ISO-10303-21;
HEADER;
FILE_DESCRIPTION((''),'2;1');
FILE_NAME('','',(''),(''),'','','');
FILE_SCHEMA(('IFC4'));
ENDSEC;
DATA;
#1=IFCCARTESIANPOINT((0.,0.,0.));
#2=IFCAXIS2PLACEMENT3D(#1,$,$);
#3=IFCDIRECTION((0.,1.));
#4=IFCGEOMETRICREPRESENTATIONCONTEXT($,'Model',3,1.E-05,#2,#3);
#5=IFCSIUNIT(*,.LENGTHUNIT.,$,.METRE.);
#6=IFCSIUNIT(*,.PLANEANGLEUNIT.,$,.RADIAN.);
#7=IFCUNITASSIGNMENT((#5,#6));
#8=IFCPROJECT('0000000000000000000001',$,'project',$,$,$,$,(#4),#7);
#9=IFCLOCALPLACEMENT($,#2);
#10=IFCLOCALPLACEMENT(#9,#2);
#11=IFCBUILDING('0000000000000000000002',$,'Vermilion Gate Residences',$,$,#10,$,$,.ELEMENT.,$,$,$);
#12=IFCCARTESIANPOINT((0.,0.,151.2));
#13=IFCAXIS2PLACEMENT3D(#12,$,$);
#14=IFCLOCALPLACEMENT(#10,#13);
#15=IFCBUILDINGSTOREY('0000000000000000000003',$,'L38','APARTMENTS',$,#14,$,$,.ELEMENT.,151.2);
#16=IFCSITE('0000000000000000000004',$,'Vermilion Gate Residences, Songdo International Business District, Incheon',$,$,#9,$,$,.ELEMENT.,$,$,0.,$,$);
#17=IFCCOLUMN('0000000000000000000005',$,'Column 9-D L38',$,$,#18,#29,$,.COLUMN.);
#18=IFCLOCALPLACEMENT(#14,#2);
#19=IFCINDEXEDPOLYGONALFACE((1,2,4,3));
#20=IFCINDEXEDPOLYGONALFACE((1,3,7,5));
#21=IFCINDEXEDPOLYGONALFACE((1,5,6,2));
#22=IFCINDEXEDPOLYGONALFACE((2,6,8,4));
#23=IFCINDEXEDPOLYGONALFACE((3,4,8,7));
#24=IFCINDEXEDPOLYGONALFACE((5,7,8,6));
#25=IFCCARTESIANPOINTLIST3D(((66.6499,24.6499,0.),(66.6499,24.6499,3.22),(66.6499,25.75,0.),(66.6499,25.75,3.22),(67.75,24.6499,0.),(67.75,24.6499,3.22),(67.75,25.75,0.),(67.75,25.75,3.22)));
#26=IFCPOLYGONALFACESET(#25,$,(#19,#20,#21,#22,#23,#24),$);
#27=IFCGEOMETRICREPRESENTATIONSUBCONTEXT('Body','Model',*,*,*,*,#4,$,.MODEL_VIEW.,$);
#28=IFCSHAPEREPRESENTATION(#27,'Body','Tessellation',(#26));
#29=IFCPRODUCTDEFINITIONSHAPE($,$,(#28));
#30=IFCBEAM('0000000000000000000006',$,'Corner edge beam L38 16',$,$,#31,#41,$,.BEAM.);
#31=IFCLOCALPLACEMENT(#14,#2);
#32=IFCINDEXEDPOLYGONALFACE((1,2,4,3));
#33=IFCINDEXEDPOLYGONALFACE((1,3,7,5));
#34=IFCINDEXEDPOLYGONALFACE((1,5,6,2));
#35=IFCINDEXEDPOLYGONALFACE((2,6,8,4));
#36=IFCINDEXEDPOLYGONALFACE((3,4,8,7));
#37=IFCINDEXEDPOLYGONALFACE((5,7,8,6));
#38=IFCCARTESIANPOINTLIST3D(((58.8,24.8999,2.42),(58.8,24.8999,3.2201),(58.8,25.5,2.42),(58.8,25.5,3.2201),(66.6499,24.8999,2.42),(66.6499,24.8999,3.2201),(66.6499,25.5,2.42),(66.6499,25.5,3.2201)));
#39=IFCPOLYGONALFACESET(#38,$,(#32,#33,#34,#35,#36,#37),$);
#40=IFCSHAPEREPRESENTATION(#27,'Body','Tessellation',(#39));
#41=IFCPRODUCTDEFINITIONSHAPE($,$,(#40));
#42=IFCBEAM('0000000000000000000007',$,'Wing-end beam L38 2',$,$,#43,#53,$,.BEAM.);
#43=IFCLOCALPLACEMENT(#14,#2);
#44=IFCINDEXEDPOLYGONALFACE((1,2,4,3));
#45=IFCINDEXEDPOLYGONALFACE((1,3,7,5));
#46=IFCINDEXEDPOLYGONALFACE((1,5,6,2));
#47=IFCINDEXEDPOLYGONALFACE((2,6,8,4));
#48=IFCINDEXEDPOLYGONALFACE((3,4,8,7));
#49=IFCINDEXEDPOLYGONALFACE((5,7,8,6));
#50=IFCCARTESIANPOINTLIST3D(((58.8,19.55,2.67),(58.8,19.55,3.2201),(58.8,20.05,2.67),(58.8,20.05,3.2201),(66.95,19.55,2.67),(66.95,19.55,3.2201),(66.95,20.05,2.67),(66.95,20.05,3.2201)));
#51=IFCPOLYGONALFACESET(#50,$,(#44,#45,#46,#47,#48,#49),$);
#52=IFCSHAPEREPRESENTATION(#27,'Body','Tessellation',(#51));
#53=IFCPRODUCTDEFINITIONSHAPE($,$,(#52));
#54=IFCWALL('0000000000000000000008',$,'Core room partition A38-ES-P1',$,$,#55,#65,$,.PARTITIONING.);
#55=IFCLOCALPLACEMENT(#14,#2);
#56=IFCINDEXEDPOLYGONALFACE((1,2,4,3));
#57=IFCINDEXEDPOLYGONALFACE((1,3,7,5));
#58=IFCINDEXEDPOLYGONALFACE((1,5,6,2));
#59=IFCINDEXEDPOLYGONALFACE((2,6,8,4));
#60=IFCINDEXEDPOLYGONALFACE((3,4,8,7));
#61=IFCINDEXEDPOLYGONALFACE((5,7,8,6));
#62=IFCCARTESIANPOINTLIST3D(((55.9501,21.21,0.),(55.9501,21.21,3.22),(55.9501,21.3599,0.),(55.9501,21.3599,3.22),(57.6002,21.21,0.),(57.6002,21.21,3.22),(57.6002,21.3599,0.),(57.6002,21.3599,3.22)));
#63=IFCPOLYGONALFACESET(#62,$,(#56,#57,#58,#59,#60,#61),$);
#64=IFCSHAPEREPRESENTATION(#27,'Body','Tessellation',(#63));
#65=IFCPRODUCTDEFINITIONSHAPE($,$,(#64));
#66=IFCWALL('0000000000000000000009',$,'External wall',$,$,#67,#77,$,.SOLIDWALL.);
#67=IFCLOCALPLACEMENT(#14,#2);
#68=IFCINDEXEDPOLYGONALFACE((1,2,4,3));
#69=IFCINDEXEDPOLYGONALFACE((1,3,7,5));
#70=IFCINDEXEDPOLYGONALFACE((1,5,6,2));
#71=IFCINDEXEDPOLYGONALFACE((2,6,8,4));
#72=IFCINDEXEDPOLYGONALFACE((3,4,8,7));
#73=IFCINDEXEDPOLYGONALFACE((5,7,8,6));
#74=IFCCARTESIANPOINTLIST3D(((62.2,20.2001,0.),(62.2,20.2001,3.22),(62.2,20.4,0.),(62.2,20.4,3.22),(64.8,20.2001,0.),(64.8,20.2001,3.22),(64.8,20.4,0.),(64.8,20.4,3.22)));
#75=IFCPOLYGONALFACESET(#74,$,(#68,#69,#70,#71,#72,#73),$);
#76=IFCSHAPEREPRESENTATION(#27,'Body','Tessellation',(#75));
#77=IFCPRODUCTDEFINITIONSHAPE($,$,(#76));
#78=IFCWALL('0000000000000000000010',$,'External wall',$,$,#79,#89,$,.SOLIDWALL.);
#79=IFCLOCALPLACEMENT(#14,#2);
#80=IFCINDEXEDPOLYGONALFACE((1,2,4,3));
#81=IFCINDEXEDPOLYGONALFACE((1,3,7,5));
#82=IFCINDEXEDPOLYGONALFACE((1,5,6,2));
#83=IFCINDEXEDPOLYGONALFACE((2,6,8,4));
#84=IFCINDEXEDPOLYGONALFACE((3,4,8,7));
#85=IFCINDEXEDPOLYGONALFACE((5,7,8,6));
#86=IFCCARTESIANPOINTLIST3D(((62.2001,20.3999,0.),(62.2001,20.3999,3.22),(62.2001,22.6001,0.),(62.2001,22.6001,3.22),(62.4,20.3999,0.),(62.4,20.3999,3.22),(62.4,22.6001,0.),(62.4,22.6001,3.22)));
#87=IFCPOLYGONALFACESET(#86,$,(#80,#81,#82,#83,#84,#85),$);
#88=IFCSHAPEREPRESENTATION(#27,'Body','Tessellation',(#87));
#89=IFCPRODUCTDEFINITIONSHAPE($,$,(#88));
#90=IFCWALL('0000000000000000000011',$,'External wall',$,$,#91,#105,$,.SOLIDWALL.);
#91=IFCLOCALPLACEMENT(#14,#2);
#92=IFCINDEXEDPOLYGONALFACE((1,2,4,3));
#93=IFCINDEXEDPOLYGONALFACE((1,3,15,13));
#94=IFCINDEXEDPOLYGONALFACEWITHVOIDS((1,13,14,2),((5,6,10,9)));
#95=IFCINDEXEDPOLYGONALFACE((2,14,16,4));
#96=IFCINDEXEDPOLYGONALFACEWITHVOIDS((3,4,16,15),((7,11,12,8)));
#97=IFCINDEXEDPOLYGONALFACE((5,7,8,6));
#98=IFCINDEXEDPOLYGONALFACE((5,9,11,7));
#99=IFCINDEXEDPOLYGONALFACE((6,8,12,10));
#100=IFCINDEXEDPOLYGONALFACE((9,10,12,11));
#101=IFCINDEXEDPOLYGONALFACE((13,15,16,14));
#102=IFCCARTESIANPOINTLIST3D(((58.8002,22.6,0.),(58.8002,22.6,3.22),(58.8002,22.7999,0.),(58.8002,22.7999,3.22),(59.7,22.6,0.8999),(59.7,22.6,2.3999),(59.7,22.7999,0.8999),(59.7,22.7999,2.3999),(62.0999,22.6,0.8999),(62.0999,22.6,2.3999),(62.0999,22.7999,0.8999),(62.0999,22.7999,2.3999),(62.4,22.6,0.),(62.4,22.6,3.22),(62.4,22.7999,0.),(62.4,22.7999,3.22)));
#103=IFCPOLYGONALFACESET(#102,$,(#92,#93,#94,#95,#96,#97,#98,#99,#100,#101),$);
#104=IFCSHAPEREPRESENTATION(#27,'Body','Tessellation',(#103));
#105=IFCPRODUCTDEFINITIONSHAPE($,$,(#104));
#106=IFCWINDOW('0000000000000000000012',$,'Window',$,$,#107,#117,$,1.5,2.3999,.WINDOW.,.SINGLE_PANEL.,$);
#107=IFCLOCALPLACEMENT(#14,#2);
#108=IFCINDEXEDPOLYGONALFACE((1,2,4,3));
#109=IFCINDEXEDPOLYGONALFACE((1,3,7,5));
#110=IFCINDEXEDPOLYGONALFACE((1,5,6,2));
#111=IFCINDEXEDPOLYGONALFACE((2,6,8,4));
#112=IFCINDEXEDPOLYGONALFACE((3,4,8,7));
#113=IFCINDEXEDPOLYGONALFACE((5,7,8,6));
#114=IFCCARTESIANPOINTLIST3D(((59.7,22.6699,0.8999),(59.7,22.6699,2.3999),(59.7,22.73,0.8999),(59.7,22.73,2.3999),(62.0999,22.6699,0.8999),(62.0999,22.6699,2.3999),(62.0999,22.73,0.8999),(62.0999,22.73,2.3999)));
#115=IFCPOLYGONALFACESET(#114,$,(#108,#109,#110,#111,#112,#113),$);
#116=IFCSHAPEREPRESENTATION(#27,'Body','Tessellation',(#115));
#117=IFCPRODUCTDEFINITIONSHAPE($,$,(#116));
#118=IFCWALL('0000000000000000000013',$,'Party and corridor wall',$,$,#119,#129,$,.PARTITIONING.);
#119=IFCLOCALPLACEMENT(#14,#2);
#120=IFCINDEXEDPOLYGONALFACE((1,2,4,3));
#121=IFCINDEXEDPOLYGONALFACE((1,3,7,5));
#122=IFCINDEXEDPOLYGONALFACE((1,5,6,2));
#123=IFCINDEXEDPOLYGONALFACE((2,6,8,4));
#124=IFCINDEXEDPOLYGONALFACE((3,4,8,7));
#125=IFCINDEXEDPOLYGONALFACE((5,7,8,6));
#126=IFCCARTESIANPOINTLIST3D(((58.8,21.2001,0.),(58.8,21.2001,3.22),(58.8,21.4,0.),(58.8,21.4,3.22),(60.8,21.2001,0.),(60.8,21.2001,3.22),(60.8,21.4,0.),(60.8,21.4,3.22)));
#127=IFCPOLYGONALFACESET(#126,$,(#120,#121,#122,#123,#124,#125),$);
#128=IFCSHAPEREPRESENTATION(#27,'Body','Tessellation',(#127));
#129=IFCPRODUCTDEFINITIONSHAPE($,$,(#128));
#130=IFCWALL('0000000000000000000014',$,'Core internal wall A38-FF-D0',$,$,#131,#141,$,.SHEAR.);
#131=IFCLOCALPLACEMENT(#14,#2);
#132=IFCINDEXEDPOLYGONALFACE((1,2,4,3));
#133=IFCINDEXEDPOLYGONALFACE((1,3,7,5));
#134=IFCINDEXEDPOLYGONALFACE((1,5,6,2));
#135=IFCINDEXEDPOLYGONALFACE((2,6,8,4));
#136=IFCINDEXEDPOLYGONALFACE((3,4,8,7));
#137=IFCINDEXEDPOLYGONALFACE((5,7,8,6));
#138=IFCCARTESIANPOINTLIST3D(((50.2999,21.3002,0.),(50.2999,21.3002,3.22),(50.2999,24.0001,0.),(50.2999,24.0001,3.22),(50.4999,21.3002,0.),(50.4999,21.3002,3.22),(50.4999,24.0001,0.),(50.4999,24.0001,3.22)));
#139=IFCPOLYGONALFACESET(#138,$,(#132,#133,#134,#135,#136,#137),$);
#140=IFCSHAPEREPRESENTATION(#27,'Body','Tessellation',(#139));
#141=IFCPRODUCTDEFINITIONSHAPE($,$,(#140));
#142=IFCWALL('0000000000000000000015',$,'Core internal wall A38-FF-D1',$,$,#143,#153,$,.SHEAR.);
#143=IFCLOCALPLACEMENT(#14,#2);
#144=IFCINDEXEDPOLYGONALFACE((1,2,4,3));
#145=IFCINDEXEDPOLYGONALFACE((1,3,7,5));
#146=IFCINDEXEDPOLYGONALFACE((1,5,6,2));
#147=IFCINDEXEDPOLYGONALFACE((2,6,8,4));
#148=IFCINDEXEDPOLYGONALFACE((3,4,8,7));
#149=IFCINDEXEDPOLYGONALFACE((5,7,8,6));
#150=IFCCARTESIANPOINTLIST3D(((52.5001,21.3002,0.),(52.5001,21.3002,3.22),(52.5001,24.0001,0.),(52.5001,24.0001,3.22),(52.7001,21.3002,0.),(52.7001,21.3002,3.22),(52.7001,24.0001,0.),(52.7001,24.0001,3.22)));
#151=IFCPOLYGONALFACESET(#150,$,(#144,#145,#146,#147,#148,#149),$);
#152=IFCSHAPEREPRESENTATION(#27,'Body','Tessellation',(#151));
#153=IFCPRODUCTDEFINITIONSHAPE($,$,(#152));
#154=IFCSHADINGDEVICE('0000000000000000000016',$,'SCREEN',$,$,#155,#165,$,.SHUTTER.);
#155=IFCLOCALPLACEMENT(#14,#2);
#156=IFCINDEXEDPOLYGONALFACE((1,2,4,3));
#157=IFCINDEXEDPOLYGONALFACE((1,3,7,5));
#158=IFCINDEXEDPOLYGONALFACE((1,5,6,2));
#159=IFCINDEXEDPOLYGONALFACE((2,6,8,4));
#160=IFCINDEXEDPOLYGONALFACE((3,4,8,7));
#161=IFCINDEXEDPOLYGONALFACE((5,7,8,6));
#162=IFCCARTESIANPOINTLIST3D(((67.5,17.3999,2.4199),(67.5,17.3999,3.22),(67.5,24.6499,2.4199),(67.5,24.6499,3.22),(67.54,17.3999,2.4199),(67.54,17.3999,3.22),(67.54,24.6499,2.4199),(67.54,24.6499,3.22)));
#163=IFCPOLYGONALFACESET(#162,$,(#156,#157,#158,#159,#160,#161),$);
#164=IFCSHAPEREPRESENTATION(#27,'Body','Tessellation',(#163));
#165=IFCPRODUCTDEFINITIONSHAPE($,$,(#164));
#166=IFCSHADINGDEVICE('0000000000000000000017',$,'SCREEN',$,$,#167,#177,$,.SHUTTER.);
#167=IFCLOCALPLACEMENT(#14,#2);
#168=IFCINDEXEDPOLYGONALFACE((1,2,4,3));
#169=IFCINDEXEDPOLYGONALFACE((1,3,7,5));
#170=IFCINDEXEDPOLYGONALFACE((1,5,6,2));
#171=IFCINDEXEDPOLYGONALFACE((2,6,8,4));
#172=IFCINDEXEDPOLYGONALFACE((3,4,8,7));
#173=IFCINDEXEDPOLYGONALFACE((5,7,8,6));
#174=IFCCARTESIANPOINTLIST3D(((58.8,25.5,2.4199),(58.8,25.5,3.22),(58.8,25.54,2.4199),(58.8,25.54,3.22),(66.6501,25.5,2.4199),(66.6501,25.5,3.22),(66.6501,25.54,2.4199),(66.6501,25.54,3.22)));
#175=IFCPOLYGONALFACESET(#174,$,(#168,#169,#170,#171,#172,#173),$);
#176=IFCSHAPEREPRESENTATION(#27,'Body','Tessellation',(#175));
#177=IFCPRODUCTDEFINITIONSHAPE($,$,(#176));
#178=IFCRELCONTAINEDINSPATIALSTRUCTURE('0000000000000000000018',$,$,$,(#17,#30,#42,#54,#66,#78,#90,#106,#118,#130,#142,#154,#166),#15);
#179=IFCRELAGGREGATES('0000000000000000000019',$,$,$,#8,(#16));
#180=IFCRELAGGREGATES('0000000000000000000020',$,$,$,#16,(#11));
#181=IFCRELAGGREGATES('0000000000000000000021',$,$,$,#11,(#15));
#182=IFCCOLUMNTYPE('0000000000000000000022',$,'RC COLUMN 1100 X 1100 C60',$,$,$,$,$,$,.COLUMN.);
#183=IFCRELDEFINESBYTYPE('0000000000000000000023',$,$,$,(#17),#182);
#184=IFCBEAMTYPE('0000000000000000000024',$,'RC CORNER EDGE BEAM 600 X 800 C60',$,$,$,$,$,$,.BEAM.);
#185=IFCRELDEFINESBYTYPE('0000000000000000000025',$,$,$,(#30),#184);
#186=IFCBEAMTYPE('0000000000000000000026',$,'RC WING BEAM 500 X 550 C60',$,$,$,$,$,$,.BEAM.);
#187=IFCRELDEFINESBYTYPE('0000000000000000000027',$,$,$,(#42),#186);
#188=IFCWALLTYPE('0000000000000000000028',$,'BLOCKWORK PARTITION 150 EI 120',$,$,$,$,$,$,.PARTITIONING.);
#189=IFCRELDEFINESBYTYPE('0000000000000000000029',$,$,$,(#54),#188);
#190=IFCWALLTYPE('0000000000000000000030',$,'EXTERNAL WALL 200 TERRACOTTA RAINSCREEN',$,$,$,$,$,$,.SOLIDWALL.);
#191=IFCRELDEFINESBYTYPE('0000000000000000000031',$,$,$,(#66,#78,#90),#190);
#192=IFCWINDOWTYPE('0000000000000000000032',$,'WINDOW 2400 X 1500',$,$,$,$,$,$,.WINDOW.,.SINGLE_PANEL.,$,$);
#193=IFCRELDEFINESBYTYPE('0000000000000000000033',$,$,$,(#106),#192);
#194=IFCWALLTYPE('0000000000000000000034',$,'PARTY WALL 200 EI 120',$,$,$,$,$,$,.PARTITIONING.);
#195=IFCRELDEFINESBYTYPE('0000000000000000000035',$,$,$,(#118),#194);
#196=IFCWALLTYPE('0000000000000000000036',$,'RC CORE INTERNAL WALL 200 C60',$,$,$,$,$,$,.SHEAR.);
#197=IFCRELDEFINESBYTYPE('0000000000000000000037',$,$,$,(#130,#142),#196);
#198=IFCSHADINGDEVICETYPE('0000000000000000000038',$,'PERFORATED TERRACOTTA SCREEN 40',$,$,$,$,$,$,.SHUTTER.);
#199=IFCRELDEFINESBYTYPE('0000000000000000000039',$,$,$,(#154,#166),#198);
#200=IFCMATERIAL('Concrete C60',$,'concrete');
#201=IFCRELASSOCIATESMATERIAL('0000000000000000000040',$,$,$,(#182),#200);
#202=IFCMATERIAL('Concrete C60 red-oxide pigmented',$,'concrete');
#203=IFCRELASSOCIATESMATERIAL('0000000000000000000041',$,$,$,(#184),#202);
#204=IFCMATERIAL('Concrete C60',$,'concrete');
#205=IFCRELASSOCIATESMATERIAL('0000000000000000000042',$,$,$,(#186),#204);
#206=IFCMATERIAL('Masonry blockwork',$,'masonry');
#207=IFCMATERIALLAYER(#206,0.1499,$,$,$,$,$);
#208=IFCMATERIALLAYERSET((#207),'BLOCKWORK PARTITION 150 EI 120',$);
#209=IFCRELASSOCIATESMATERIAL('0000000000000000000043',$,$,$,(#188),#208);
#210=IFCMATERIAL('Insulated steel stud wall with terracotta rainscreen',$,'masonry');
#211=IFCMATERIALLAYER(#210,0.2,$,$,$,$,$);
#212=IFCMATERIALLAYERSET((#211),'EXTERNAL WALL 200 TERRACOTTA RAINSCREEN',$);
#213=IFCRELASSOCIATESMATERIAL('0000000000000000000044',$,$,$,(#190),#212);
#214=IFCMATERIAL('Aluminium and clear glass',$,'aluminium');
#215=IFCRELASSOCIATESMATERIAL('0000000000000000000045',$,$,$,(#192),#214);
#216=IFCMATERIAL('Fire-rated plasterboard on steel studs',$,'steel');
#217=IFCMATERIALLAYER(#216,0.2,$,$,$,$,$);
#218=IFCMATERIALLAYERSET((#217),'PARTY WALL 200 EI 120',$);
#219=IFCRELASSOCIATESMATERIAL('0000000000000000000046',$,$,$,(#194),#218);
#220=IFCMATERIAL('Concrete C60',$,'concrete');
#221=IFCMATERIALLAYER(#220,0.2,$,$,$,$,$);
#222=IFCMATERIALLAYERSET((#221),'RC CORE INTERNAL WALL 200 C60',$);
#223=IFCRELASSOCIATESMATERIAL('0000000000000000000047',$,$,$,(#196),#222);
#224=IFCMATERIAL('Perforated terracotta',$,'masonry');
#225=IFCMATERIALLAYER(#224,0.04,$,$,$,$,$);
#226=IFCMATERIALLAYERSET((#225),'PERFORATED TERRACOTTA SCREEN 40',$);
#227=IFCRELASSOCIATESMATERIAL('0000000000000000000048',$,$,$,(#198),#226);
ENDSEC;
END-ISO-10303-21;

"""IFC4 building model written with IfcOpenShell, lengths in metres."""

from ifc_helpers import new_model, si_unit, direction, frame, frame_2d, origin, origin_2d, place, context, subcontext, project, spatial, rectangle, extrude, material, layer, layer_set, material_profile, profile_set, type_object, element, fill, save


model = new_model("IFC4")

# Units and contexts
model_context = context("Model", 3, precision=1e-05, world=origin(), true_north=direction((0.0, 1.0)))
body_context = subcontext(model_context, "Body", "Model", "MODEL_VIEW")
ifc_project = project(units=[si_unit("LENGTHUNIT", "METRE"), si_unit("PLANEANGLEUNIT", "RADIAN")], contexts=[model_context])

# Site, building, storey
site_placement = place(None, origin())
site = spatial("IfcSite", under=ifc_project, at=site_placement, Name="Vermilion Gate Residences, Songdo International Business District, Incheon", CompositionType="ELEMENT", RefElevation=0.0)
building_placement = place(site_placement, origin())
building = spatial("IfcBuilding", under=site, at=building_placement, Name="Vermilion Gate Residences", CompositionType="ELEMENT")
storey_placement = place(building_placement, frame((0.0, 0.0, 151.2)))
storey = spatial("IfcBuildingStorey", under=building, at=storey_placement, Name="L38", Description="APARTMENTS", CompositionType="ELEMENT", Elevation=151.2)

# Column
ifc_material_1 = material(Name="Concrete C60", Category="concrete")
ifc_material_profile_1 = material_profile(ifc_material_1, rectangle(XDim=1.1001, YDim=1.1001, at=origin_2d()), Name="RC-1100x1100")
ifc_profile_set_1 = profile_set([ifc_material_profile_1], Name="Concrete C60")
column_type = type_object("IfcColumnType", Name="RC COLUMN 1100 X 1100 C60", PredefinedType="COLUMN", material=ifc_profile_set_1)
column_placement = place(storey_placement, frame((67.2, 25.2, 0.0), z_axis=(0.0, 0.0, 1.0), x_axis=(1.0, 0.0, 0.0)))
element("IfcColumn", 1, at=column_placement, inside=storey, type_object=column_type, Name="Column 9-D L38", PredefinedType="COLUMN", context=body_context, shape_type="SweptSolid", body=[
    extrude(rectangle(XDim=1.1001, YDim=1.1001, at=origin_2d()), origin(), (0.0, 0.0, 1.0), 3.22),
])

# Beams
ifc_material_2 = material(Name="Concrete C60 red-oxide pigmented", Category="concrete")
ifc_material_profile_2 = material_profile(ifc_material_2, rectangle(XDim=0.6001, YDim=0.8, at=origin_2d()), Name="RC-600x800")
ifc_profile_set_2 = profile_set([ifc_material_profile_2], Name="Concrete C60 red-oxide pigmented")
beam_type_1 = type_object("IfcBeamType", Name="RC CORNER EDGE BEAM 600 X 800 C60", PredefinedType="BEAM", material=ifc_profile_set_2)
beam_1_placement = place(storey_placement, frame((58.8, 25.2, 2.8201), z_axis=(1.0, 0.0, 0.0), x_axis=(0.0, 1.0, 0.0)))
element("IfcBeam", 2, at=beam_1_placement, inside=storey, type_object=beam_type_1, Name="Corner edge beam L38 16", PredefinedType="BEAM", context=body_context, shape_type="SweptSolid", body=[
    extrude(rectangle(XDim=0.6001, YDim=0.8, at=origin_2d()), origin(), (0.0, 0.0, 1.0), 7.8499),
])
ifc_material_3 = material(Name="Concrete C60", Category="concrete")
ifc_material_profile_3 = material_profile(ifc_material_3, rectangle(XDim=0.5, YDim=0.55, at=origin_2d()), Name="RC-500x550")
ifc_profile_set_3 = profile_set([ifc_material_profile_3], Name="Concrete C60")
beam_type_2 = type_object("IfcBeamType", Name="RC WING BEAM 500 X 550 C60", PredefinedType="BEAM", material=ifc_profile_set_3)
beam_2_placement = place(storey_placement, frame((58.8, 19.8, 2.9451), z_axis=(1.0, 0.0, 0.0), x_axis=(0.0, 1.0, 0.0)))
element("IfcBeam", 3, at=beam_2_placement, inside=storey, type_object=beam_type_2, Name="Wing-end beam L38 2", PredefinedType="BEAM", context=body_context, shape_type="SweptSolid", body=[
    extrude(rectangle(XDim=0.5, YDim=0.55, at=origin_2d()), origin(), (0.0, 0.0, 1.0), 8.1499),
])

# Walls
ifc_material_4 = material(Name="Masonry blockwork", Category="masonry")
ifc_layer_1 = layer(ifc_material_4, 0.1499)
ifc_layer_set_1 = layer_set([ifc_layer_1], Name="BLOCKWORK PARTITION 150 EI 120")
wall_type_1 = type_object("IfcWallType", Name="BLOCKWORK PARTITION 150 EI 120", PredefinedType="PARTITIONING", material=ifc_layer_set_1)
wall_1_placement = place(storey_placement, frame((55.95, 21.2849, 0.0), z_axis=(0.0, 0.0, 1.0), x_axis=(1.0, 0.0, 0.0)))
element("IfcWall", 4, at=wall_1_placement, inside=storey, type_object=wall_type_1, Name="Core room partition A38-ES-P1", PredefinedType="PARTITIONING", context=body_context, shape_type="SweptSolid", body=[
    extrude(rectangle(XDim=1.6501, YDim=0.1499, at=frame_2d((0.8252, 0.0))), origin(), (0.0, 0.0, 1.0), 3.22),
])
ifc_material_5 = material(Name="Insulated steel stud wall with terracotta rainscreen", Category="masonry")
ifc_layer_2 = layer(ifc_material_5, 0.2)
ifc_layer_set_2 = layer_set([ifc_layer_2], Name="EXTERNAL WALL 200 TERRACOTTA RAINSCREEN")
wall_type_2 = type_object("IfcWallType", Name="EXTERNAL WALL 200 TERRACOTTA RAINSCREEN", PredefinedType="SOLIDWALL", material=ifc_layer_set_2)
wall_2_placement = place(storey_placement, frame((64.8, 20.3, 0.0), z_axis=(0.0, 0.0, 1.0), x_axis=(-1.0, 0.0, 0.0)))
element("IfcWall", 5, at=wall_2_placement, inside=storey, type_object=wall_type_2, Name="External wall", PredefinedType="SOLIDWALL", context=body_context, shape_type="SweptSolid", body=[
    extrude(rectangle(XDim=2.6001, YDim=0.2, at=frame_2d((1.3, 0.0))), origin(), (0.0, 0.0, 1.0), 3.22),
])
wall_3_placement = place(storey_placement, frame((62.3, 20.3999, 0.0), z_axis=(0.0, 0.0, 1.0), x_axis=(0.0, 1.0, 0.0)))
element("IfcWall", 6, at=wall_3_placement, inside=storey, type_object=wall_type_2, Name="External wall", PredefinedType="SOLIDWALL", context=body_context, shape_type="SweptSolid", body=[
    extrude(rectangle(XDim=2.2002, YDim=0.2, at=frame_2d((1.1001, 0.0))), origin(), (0.0, 0.0, 1.0), 3.22),
])

# Wall, opening, window
wall_4_placement = place(storey_placement, frame((62.3999, 22.7, 0.0), z_axis=(0.0, 0.0, 1.0), x_axis=(-1.0, 0.0, 0.0)))
wall_4 = element("IfcWall", 7, at=wall_4_placement, inside=storey, type_object=wall_type_2, Name="External wall", PredefinedType="SOLIDWALL", context=body_context, shape_type="SweptSolid", body=[
    extrude(rectangle(XDim=3.5999, YDim=0.2, at=frame_2d((1.7998, 0.0))), origin(), (0.0, 0.0, 1.0), 3.22),
])
opening_placement = place(wall_4_placement, frame((0.3, 0.0, 0.8999)))
opening = element("IfcOpeningElement", 8, at=opening_placement, cuts=wall_4, PredefinedType="OPENING", context=body_context, shape_type="SweptSolid", body=[
    extrude(rectangle(XDim=2.3999, YDim=1.5, at=frame_2d((1.2, 0.75))), frame((0.0, 0.1099, 0.0), z_axis=(0.0, -1.0, 0.0), x_axis=(1.0, 0.0, 0.0)), (0.0, 0.0, 1.0), 0.22),
])
ifc_material_6 = material(Name="Aluminium and clear glass", Category="aluminium")
window_type = type_object("IfcWindowType", Name="WINDOW 2400 X 1500", PartitioningType="SINGLE_PANEL", PredefinedType="WINDOW", material=ifc_material_6)
window_placement = place(opening_placement, origin())
window = element("IfcWindow", 9, at=window_placement, inside=storey, type_object=window_type, Name="Window", OverallHeight=1.5, OverallWidth=2.3999, PartitioningType="SINGLE_PANEL", PredefinedType="WINDOW", context=body_context, shape_type="SweptSolid", body=[
    extrude(rectangle(XDim=2.3999, YDim=1.5, at=frame_2d((1.2, 0.75))), frame((0.0, 0.03, 0.0), z_axis=(0.0, -1.0, 0.0), x_axis=(1.0, 0.0, 0.0)), (0.0, 0.0, 1.0), 0.0601),
])
fill(opening, window)

# Walls
ifc_material_7 = material(Name="Fire-rated plasterboard on steel studs", Category="steel")
ifc_layer_3 = layer(ifc_material_7, 0.2)
ifc_layer_set_3 = layer_set([ifc_layer_3], Name="PARTY WALL 200 EI 120")
wall_type_3 = type_object("IfcWallType", Name="PARTY WALL 200 EI 120", PredefinedType="PARTITIONING", material=ifc_layer_set_3)
wall_5_placement = place(storey_placement, frame((58.8, 21.3, 0.0), z_axis=(0.0, 0.0, 1.0), x_axis=(1.0, 0.0, 0.0)))
element("IfcWall", 10, at=wall_5_placement, inside=storey, type_object=wall_type_3, Name="Party and corridor wall", PredefinedType="PARTITIONING", context=body_context, shape_type="SweptSolid", body=[
    extrude(rectangle(XDim=2.0, YDim=0.2, at=frame_2d((1.0, 0.0))), origin(), (0.0, 0.0, 1.0), 3.22),
])
ifc_material_8 = material(Name="Concrete C60", Category="concrete")
ifc_layer_4 = layer(ifc_material_8, 0.2)
ifc_layer_set_4 = layer_set([ifc_layer_4], Name="RC CORE INTERNAL WALL 200 C60")
wall_type_4 = type_object("IfcWallType", Name="RC CORE INTERNAL WALL 200 C60", PredefinedType="SHEAR", material=ifc_layer_set_4)
for number, where, z_axis, x_axis, name in (
    (11, (50.3999, 21.3, 0.0), (0.0, 0.0, 1.0), (0.0, 1.0, 0.0), "Core internal wall A38-FF-D0"),
    (12, (52.6001, 21.3, 0.0), (0.0, 0.0, 1.0), (0.0, 1.0, 0.0), "Core internal wall A38-FF-D1"),
):
    element("IfcWall", number, at=place(storey_placement, frame(where, z_axis=z_axis, x_axis=x_axis)), inside=storey, type_object=wall_type_4, Name=name, PredefinedType="SHEAR", context=body_context, shape_type="SweptSolid", body=[
        extrude(rectangle(XDim=2.7, YDim=0.2, at=frame_2d((1.3501, 0.0))), origin(), (0.0, 0.0, 1.0), 3.22),
    ])

# Shading devices
ifc_material_9 = material(Name="Perforated terracotta", Category="masonry")
ifc_layer_5 = layer(ifc_material_9, 0.04)
ifc_layer_set_5 = layer_set([ifc_layer_5], Name="PERFORATED TERRACOTTA SCREEN 40")
shading_device_type_1 = type_object("IfcShadingDeviceType", Name="PERFORATED TERRACOTTA SCREEN 40", PredefinedType="SHUTTER", material=ifc_layer_set_5)
shading_device_1_placement = place(storey_placement, frame((67.52, 21.0249, 2.4199), z_axis=(0.0, 0.0, 1.0), x_axis=(0.0, 1.0, 0.0)))
element("IfcShadingDevice", 13, at=shading_device_1_placement, inside=storey, type_object=shading_device_type_1, Name="SCREEN", PredefinedType="SHUTTER", context=body_context, shape_type="SweptSolid", body=[
    extrude(rectangle(XDim=7.25, YDim=0.04, at=origin_2d()), origin(), (0.0, 0.0, 1.0), 0.8),
])
shading_device_2_placement = place(storey_placement, frame((62.7251, 25.52, 2.4199), z_axis=(0.0, 0.0, 1.0), x_axis=(-1.0, 0.0, 0.0)))
element("IfcShadingDevice", 14, at=shading_device_2_placement, inside=storey, type_object=shading_device_type_1, Name="SCREEN", PredefinedType="SHUTTER", context=body_context, shape_type="SweptSolid", body=[
    extrude(rectangle(XDim=7.8501, YDim=0.04, at=origin_2d()), origin(), (0.0, 0.0, 1.0), 0.8),
])

save(model, "model.ifc")
